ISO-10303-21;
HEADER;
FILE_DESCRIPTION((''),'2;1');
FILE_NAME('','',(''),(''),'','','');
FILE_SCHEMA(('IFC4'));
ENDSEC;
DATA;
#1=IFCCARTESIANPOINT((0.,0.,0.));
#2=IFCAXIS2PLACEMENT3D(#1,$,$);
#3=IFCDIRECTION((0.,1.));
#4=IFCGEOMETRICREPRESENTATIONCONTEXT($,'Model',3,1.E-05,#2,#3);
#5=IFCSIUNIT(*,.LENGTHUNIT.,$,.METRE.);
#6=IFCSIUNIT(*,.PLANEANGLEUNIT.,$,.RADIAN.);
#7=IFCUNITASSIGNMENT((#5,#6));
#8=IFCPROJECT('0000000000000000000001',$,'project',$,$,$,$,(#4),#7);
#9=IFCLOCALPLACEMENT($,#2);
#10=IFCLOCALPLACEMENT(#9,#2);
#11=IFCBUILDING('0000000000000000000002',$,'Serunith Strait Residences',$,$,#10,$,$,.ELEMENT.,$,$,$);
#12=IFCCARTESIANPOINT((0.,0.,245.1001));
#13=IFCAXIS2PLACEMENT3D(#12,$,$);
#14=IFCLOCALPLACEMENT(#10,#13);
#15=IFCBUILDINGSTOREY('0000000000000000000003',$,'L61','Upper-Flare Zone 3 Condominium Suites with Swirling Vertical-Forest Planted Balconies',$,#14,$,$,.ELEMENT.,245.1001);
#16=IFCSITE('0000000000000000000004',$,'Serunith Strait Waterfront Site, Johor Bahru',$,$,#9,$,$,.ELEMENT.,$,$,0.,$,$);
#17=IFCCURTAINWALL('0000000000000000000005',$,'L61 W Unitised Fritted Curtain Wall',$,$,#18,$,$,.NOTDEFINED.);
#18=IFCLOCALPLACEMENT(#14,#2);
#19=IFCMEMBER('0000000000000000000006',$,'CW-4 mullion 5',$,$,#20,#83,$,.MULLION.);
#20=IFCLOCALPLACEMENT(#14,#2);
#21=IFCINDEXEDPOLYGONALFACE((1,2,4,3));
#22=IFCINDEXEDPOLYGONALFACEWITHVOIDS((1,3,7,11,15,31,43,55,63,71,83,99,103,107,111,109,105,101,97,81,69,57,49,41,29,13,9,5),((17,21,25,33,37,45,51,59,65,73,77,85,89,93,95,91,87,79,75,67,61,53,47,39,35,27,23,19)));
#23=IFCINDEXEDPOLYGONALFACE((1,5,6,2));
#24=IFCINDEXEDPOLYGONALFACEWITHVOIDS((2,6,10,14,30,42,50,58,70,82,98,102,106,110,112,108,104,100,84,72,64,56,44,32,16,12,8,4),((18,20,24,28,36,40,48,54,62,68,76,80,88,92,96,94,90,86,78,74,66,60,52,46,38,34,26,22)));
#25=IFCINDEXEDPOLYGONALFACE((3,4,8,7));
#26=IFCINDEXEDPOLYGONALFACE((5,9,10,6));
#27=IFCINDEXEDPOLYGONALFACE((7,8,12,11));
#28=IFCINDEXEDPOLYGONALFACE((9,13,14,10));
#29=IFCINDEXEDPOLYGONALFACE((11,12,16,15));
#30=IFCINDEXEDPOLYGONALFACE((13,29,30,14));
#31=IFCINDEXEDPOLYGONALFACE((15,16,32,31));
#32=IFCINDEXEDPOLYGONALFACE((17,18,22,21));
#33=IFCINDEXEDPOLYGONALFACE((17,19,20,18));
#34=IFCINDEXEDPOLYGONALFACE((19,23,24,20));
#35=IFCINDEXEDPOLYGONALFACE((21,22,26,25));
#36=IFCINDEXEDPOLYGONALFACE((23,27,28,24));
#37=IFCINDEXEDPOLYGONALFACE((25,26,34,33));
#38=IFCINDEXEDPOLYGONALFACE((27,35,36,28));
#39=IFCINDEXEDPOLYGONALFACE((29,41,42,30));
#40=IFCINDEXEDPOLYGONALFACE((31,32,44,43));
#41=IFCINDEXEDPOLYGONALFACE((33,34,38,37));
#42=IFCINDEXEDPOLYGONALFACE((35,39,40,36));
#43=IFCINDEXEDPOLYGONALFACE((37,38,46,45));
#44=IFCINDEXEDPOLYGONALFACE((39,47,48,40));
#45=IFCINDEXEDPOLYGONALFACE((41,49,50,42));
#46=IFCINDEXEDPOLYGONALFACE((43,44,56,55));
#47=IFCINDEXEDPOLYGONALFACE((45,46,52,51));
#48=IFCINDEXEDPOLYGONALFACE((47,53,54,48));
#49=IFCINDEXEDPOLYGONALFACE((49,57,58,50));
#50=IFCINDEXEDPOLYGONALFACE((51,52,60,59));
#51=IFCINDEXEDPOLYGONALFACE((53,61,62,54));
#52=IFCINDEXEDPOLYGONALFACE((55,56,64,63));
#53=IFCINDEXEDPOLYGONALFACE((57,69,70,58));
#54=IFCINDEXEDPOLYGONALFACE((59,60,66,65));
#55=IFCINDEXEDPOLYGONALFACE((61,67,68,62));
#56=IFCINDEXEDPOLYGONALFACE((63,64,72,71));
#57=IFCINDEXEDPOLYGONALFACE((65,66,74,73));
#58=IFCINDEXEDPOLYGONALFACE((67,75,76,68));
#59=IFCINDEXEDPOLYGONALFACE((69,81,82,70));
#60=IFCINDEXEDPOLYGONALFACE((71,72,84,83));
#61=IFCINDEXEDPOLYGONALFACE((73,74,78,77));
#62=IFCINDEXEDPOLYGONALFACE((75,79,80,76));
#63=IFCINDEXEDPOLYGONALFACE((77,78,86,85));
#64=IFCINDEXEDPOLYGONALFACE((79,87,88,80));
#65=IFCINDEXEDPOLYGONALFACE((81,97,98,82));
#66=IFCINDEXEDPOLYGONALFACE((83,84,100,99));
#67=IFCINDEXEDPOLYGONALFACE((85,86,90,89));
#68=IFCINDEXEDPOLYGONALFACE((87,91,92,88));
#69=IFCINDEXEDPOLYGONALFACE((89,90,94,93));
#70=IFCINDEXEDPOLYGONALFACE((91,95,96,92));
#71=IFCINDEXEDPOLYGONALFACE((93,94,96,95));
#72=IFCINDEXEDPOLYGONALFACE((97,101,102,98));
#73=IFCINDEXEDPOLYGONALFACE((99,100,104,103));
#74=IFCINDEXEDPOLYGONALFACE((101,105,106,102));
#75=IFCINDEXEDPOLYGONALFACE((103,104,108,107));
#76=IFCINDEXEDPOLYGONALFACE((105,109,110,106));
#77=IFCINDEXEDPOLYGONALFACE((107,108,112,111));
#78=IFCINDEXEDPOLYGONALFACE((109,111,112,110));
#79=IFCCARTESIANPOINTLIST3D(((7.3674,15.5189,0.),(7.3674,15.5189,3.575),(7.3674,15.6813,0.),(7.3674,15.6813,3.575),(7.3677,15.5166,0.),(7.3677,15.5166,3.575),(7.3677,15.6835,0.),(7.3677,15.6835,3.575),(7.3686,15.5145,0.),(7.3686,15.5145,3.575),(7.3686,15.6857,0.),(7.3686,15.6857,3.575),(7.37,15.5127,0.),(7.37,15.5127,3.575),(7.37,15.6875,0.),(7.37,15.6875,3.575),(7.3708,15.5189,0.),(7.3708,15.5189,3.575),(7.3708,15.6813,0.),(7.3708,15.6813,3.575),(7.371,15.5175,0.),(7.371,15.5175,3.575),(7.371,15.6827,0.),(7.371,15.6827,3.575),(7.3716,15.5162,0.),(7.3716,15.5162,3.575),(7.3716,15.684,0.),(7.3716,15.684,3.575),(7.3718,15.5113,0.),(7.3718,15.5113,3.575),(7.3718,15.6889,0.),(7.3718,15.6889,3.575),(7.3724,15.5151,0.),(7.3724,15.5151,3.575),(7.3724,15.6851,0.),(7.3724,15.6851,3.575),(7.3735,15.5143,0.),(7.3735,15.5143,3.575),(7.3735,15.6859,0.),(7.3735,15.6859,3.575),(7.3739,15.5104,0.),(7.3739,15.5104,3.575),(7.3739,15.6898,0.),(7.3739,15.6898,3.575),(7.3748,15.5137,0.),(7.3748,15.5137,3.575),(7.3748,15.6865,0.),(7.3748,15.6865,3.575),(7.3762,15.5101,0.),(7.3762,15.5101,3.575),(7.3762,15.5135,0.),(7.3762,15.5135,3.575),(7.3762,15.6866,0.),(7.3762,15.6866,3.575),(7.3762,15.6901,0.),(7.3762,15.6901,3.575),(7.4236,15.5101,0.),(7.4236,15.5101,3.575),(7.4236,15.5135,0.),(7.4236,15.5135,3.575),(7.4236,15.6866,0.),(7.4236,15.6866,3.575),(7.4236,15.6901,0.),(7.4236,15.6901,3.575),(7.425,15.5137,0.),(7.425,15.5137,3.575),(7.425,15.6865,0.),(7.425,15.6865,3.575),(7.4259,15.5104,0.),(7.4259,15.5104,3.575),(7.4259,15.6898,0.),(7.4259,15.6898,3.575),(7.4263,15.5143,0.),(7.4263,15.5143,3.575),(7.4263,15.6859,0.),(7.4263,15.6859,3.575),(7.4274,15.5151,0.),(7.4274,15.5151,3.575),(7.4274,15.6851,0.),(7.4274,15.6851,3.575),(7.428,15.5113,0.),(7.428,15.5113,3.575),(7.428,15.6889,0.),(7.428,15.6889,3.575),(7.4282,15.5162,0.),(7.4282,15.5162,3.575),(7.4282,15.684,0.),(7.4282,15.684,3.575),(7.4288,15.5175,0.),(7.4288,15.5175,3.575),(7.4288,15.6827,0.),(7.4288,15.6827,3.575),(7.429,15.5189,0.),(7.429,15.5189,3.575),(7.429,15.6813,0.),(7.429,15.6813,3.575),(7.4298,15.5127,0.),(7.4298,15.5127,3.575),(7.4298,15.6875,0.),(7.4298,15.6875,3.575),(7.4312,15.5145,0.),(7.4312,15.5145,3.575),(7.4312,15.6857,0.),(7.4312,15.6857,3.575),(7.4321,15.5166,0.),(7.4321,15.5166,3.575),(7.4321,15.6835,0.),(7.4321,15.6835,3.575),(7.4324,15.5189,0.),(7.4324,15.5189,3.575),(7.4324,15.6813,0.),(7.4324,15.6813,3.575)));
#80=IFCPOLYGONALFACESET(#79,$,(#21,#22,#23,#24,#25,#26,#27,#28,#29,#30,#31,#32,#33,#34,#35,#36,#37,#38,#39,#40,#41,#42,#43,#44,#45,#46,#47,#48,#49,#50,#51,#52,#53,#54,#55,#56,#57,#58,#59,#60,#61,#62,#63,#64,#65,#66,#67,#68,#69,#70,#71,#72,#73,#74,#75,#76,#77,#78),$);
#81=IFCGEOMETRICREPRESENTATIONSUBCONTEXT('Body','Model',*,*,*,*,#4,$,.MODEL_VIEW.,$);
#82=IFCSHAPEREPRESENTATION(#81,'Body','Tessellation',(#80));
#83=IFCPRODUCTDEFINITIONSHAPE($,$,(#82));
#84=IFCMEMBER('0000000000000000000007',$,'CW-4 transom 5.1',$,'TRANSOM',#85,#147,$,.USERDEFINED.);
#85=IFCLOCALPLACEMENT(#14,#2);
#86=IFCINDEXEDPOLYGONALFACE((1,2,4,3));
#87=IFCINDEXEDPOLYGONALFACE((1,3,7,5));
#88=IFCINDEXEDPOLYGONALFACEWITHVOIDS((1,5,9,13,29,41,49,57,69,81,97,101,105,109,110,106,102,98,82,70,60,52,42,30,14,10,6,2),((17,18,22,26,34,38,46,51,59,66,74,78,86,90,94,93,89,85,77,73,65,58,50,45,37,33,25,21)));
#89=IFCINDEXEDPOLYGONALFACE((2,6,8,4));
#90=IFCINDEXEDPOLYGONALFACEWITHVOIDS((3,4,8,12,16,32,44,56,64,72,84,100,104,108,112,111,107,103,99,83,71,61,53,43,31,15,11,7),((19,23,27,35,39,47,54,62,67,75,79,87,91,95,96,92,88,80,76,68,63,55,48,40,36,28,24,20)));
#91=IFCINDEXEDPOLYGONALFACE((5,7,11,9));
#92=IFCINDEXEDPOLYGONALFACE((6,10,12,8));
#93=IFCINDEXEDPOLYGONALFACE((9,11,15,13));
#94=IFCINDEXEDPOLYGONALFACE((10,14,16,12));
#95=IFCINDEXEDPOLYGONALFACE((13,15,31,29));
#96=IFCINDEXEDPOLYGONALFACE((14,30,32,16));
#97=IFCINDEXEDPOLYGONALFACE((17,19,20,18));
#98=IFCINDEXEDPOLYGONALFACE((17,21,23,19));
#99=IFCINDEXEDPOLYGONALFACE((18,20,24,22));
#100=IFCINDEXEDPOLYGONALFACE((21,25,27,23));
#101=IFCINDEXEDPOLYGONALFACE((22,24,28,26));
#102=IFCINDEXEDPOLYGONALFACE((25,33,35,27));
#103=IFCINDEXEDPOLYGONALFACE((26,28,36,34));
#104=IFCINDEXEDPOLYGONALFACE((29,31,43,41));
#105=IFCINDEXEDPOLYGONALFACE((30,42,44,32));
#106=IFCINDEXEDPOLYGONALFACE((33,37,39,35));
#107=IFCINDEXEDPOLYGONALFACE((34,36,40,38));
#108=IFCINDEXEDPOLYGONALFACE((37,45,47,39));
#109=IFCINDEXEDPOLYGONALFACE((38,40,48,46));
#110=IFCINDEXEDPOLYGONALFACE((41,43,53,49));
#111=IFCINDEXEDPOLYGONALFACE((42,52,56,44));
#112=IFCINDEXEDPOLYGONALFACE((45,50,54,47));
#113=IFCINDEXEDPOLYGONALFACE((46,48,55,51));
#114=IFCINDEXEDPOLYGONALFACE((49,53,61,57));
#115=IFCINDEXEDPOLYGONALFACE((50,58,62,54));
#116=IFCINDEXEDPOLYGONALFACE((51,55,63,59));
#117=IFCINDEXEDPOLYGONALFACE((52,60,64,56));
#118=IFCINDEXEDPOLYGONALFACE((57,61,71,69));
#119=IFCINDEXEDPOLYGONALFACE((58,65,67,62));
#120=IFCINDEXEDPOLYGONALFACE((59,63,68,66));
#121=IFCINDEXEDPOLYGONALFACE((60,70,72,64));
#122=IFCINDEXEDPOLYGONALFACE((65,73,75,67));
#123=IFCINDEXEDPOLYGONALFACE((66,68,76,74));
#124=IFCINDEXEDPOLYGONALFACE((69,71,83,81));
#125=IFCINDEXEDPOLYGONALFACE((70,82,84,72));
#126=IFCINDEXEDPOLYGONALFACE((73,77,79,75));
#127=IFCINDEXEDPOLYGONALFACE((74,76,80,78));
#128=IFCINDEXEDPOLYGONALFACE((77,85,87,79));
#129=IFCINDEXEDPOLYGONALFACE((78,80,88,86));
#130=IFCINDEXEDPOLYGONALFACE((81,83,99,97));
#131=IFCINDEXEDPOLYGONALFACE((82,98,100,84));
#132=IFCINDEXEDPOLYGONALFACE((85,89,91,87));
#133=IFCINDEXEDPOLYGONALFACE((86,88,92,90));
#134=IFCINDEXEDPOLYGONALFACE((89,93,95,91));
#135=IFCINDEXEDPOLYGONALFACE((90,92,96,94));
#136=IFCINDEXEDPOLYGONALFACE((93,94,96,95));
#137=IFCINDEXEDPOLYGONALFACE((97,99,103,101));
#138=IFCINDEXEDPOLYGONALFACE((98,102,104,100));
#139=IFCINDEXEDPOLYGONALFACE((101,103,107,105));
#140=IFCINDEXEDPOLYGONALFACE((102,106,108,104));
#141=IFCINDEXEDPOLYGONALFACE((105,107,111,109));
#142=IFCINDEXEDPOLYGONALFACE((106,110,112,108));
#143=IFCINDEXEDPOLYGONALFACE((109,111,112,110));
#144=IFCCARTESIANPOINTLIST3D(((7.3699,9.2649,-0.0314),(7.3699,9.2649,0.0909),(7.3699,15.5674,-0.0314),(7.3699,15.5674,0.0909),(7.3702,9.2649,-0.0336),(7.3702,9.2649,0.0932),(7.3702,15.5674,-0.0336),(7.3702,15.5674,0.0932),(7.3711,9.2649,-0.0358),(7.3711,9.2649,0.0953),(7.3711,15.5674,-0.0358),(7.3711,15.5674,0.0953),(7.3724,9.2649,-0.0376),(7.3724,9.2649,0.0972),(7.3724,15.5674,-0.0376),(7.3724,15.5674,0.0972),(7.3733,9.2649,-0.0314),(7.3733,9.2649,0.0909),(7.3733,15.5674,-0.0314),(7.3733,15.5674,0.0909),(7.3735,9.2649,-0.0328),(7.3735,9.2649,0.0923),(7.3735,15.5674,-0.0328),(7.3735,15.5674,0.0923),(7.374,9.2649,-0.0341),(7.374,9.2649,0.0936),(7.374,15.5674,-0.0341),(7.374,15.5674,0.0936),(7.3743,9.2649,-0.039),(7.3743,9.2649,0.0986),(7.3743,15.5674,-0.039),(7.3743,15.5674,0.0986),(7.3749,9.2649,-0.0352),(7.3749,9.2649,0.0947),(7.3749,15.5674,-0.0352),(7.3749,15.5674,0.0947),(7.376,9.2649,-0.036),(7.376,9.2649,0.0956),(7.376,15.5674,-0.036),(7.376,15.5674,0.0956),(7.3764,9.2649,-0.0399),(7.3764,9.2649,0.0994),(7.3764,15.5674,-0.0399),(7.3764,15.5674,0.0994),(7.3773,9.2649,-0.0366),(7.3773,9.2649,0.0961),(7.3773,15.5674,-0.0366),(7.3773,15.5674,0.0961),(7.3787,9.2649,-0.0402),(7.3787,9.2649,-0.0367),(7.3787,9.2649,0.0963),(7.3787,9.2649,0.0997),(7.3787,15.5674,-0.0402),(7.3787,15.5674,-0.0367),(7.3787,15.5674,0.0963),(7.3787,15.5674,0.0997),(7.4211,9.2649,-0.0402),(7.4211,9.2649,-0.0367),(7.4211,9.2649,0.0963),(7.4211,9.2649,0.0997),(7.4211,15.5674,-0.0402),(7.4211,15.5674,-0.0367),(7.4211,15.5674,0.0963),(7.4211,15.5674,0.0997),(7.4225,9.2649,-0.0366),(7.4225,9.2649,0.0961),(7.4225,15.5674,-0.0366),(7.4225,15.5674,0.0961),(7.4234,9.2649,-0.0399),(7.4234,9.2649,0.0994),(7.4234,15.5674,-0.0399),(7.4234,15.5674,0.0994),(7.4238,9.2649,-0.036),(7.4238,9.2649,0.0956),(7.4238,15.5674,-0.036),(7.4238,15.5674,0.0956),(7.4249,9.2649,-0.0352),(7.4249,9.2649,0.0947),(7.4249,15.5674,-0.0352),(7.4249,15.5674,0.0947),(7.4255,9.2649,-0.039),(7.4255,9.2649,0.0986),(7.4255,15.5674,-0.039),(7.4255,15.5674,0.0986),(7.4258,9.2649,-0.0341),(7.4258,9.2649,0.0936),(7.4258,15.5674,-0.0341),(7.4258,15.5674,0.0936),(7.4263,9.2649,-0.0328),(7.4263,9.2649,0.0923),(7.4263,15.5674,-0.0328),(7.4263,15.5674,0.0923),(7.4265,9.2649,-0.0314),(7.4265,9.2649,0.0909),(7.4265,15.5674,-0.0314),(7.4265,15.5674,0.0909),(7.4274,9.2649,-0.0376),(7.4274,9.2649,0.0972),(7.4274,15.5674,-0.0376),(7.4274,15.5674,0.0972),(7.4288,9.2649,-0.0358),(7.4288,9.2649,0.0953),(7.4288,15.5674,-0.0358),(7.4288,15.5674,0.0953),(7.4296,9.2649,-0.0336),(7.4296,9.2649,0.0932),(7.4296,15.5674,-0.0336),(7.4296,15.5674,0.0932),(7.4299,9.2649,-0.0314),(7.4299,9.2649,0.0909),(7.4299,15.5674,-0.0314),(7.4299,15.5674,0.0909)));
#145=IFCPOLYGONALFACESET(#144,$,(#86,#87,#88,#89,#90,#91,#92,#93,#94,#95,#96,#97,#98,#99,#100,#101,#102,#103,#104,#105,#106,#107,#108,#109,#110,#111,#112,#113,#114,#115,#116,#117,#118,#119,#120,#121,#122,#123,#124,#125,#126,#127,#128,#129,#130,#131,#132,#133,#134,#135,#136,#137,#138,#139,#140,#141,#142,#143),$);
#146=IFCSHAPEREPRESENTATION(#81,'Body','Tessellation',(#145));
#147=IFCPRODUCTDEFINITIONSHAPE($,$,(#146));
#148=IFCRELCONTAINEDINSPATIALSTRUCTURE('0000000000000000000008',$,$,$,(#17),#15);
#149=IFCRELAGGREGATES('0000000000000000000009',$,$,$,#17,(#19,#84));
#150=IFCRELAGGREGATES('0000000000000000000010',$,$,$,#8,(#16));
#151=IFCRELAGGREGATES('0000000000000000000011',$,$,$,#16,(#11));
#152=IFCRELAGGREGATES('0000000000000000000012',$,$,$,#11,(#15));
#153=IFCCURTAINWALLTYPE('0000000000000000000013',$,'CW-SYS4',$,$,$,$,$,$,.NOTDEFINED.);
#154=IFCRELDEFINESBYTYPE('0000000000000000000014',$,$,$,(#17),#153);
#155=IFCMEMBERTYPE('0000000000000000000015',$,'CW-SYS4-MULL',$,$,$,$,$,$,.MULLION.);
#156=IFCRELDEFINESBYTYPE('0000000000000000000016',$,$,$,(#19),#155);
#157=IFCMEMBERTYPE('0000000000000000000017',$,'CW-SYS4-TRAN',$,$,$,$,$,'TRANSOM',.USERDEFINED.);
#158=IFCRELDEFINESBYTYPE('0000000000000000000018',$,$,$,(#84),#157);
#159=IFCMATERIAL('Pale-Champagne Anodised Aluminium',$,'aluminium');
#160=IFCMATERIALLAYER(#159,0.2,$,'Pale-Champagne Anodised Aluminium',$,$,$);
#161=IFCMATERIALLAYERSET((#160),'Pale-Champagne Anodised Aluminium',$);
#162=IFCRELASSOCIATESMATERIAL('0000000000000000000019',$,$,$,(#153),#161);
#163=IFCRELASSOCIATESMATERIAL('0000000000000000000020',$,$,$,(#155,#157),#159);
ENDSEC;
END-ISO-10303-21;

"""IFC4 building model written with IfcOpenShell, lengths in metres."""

from ifc_helpers import new_model, si_unit, direction, frame, origin, origin_2d, place, context, subcontext, project, spatial, hollow_rectangle, extrude, source, transform, mapped, material, layer, layer_set, material_profile, profile_set, type_object, element, aggregate, save


model = new_model("IFC4")

# Units and contexts
model_context = context("Model", 3, precision=1e-05, world=origin(), true_north=direction((0.0, 1.0)))
body_context = subcontext(model_context, "Body", "Model", "MODEL_VIEW")
ifc_project = project(units=[si_unit("LENGTHUNIT", "METRE"), si_unit("PLANEANGLEUNIT", "RADIAN")], contexts=[model_context])

# Site, building, storey
site_placement = place(None, origin())
site = spatial("IfcSite", under=ifc_project, at=site_placement, Name="Serunith Strait Waterfront Site, Johor Bahru", CompositionType="ELEMENT", RefElevation=0.0)
building_placement = place(site_placement, origin())
building = spatial("IfcBuilding", under=site, at=building_placement, Name="Serunith Strait Residences", CompositionType="ELEMENT")
storey_placement = place(building_placement, frame((0.0, 0.0, 245.1001)))
storey = spatial("IfcBuildingStorey", under=building, at=storey_placement, Name="L61", Description="Upper-Flare Zone 3 Condominium Suites with Swirling Vertical-Forest Planted Balconies", CompositionType="ELEMENT", Elevation=245.1001)

# Curtain wall, members
ifc_material_1 = material(Name="Pale-Champagne Anodised Aluminium", Category="aluminium")
ifc_layer_1 = layer(ifc_material_1, 0.2, Name="Pale-Champagne Anodised Aluminium")
ifc_layer_set_1 = layer_set([ifc_layer_1], Name="Pale-Champagne Anodised Aluminium")
curtain_wall_type = type_object("IfcCurtainWallType", Name="CW-SYS4", PredefinedType="NOTDEFINED", material=ifc_layer_set_1)
curtain_wall_placement = place(storey_placement, origin())
curtain_wall = element("IfcCurtainWall", 1, at=curtain_wall_placement, inside=storey, type_object=curtain_wall_type, Name="L61 W Unitised Fritted Curtain Wall", PredefinedType="NOTDEFINED")
ifc_material_profile_1 = material_profile(ifc_material_1, hollow_rectangle(XDim=0.0649, YDim=0.1799, WallThickness=0.0034, InnerFilletRadius=0.0054, OuterFilletRadius=0.0088, at=origin_2d()), Name="ALU 180x65x3.5")
ifc_profile_set_1 = profile_set([ifc_material_profile_1], Name="Pale-Champagne Anodised Aluminium")
member_type_1 = type_object("IfcMemberType", Name="CW-SYS4-MULL", PredefinedType="MULLION", material=ifc_profile_set_1)
shared_shape_1 = source(origin(), body_context, "Body", "SweptSolid", [
    extrude(hollow_rectangle(XDim=0.0649, YDim=0.1799, WallThickness=0.0034, InnerFilletRadius=0.0054, OuterFilletRadius=0.0088, at=origin_2d()), origin(), (0.0, 0.0, 1.0), 3.575),
])
member_1_placement = place(storey_placement, frame((7.3999, 15.6001, 0.0), z_axis=(0.0, 0.0, 1.0), x_axis=(1.0, 0.0, 0.0)))
member_1 = element("IfcMember", 2, at=member_1_placement, type_object=member_type_1, Name="CW-4 mullion 5", PredefinedType="MULLION", context=body_context, shape_type="MappedRepresentation", body=[
    mapped(shared_shape_1, transform((0.0, 0.0, 0.0), scale=1.0)),
])
ifc_material_profile_2 = material_profile(ifc_material_1, hollow_rectangle(XDim=0.0601, YDim=0.1399, WallThickness=0.0034, InnerFilletRadius=0.0054, OuterFilletRadius=0.0088, at=origin_2d()), Name="ALU 140x60x3.5")
ifc_profile_set_2 = profile_set([ifc_material_profile_2], Name="Pale-Champagne Anodised Aluminium")
member_type_2 = type_object("IfcMemberType", Name="CW-SYS4-TRAN", ElementType="TRANSOM", PredefinedType="USERDEFINED", material=ifc_profile_set_2)
shared_shape_2 = source(origin(), body_context, "Body", "SweptSolid", [
    extrude(hollow_rectangle(XDim=0.0601, YDim=0.1399, WallThickness=0.0034, InnerFilletRadius=0.0054, OuterFilletRadius=0.0088, at=origin_2d()), origin(), (0.0, 0.0, 1.0), 6.3025),
])
member_2_placement = place(storey_placement, frame((7.3999, 15.5674, 0.0298), z_axis=(0.0, -1.0, 0.0), x_axis=(1.0, 0.0, 0.0)))
member_2 = element("IfcMember", 3, at=member_2_placement, type_object=member_type_2, Name="CW-4 transom 5.1", ObjectType="TRANSOM", PredefinedType="USERDEFINED", context=body_context, shape_type="MappedRepresentation", body=[
    mapped(shared_shape_2, transform((0.0, 0.0, 0.0), scale=1.0)),
])
aggregate(curtain_wall, [member_1, member_2])

save(model, "model.ifc")
